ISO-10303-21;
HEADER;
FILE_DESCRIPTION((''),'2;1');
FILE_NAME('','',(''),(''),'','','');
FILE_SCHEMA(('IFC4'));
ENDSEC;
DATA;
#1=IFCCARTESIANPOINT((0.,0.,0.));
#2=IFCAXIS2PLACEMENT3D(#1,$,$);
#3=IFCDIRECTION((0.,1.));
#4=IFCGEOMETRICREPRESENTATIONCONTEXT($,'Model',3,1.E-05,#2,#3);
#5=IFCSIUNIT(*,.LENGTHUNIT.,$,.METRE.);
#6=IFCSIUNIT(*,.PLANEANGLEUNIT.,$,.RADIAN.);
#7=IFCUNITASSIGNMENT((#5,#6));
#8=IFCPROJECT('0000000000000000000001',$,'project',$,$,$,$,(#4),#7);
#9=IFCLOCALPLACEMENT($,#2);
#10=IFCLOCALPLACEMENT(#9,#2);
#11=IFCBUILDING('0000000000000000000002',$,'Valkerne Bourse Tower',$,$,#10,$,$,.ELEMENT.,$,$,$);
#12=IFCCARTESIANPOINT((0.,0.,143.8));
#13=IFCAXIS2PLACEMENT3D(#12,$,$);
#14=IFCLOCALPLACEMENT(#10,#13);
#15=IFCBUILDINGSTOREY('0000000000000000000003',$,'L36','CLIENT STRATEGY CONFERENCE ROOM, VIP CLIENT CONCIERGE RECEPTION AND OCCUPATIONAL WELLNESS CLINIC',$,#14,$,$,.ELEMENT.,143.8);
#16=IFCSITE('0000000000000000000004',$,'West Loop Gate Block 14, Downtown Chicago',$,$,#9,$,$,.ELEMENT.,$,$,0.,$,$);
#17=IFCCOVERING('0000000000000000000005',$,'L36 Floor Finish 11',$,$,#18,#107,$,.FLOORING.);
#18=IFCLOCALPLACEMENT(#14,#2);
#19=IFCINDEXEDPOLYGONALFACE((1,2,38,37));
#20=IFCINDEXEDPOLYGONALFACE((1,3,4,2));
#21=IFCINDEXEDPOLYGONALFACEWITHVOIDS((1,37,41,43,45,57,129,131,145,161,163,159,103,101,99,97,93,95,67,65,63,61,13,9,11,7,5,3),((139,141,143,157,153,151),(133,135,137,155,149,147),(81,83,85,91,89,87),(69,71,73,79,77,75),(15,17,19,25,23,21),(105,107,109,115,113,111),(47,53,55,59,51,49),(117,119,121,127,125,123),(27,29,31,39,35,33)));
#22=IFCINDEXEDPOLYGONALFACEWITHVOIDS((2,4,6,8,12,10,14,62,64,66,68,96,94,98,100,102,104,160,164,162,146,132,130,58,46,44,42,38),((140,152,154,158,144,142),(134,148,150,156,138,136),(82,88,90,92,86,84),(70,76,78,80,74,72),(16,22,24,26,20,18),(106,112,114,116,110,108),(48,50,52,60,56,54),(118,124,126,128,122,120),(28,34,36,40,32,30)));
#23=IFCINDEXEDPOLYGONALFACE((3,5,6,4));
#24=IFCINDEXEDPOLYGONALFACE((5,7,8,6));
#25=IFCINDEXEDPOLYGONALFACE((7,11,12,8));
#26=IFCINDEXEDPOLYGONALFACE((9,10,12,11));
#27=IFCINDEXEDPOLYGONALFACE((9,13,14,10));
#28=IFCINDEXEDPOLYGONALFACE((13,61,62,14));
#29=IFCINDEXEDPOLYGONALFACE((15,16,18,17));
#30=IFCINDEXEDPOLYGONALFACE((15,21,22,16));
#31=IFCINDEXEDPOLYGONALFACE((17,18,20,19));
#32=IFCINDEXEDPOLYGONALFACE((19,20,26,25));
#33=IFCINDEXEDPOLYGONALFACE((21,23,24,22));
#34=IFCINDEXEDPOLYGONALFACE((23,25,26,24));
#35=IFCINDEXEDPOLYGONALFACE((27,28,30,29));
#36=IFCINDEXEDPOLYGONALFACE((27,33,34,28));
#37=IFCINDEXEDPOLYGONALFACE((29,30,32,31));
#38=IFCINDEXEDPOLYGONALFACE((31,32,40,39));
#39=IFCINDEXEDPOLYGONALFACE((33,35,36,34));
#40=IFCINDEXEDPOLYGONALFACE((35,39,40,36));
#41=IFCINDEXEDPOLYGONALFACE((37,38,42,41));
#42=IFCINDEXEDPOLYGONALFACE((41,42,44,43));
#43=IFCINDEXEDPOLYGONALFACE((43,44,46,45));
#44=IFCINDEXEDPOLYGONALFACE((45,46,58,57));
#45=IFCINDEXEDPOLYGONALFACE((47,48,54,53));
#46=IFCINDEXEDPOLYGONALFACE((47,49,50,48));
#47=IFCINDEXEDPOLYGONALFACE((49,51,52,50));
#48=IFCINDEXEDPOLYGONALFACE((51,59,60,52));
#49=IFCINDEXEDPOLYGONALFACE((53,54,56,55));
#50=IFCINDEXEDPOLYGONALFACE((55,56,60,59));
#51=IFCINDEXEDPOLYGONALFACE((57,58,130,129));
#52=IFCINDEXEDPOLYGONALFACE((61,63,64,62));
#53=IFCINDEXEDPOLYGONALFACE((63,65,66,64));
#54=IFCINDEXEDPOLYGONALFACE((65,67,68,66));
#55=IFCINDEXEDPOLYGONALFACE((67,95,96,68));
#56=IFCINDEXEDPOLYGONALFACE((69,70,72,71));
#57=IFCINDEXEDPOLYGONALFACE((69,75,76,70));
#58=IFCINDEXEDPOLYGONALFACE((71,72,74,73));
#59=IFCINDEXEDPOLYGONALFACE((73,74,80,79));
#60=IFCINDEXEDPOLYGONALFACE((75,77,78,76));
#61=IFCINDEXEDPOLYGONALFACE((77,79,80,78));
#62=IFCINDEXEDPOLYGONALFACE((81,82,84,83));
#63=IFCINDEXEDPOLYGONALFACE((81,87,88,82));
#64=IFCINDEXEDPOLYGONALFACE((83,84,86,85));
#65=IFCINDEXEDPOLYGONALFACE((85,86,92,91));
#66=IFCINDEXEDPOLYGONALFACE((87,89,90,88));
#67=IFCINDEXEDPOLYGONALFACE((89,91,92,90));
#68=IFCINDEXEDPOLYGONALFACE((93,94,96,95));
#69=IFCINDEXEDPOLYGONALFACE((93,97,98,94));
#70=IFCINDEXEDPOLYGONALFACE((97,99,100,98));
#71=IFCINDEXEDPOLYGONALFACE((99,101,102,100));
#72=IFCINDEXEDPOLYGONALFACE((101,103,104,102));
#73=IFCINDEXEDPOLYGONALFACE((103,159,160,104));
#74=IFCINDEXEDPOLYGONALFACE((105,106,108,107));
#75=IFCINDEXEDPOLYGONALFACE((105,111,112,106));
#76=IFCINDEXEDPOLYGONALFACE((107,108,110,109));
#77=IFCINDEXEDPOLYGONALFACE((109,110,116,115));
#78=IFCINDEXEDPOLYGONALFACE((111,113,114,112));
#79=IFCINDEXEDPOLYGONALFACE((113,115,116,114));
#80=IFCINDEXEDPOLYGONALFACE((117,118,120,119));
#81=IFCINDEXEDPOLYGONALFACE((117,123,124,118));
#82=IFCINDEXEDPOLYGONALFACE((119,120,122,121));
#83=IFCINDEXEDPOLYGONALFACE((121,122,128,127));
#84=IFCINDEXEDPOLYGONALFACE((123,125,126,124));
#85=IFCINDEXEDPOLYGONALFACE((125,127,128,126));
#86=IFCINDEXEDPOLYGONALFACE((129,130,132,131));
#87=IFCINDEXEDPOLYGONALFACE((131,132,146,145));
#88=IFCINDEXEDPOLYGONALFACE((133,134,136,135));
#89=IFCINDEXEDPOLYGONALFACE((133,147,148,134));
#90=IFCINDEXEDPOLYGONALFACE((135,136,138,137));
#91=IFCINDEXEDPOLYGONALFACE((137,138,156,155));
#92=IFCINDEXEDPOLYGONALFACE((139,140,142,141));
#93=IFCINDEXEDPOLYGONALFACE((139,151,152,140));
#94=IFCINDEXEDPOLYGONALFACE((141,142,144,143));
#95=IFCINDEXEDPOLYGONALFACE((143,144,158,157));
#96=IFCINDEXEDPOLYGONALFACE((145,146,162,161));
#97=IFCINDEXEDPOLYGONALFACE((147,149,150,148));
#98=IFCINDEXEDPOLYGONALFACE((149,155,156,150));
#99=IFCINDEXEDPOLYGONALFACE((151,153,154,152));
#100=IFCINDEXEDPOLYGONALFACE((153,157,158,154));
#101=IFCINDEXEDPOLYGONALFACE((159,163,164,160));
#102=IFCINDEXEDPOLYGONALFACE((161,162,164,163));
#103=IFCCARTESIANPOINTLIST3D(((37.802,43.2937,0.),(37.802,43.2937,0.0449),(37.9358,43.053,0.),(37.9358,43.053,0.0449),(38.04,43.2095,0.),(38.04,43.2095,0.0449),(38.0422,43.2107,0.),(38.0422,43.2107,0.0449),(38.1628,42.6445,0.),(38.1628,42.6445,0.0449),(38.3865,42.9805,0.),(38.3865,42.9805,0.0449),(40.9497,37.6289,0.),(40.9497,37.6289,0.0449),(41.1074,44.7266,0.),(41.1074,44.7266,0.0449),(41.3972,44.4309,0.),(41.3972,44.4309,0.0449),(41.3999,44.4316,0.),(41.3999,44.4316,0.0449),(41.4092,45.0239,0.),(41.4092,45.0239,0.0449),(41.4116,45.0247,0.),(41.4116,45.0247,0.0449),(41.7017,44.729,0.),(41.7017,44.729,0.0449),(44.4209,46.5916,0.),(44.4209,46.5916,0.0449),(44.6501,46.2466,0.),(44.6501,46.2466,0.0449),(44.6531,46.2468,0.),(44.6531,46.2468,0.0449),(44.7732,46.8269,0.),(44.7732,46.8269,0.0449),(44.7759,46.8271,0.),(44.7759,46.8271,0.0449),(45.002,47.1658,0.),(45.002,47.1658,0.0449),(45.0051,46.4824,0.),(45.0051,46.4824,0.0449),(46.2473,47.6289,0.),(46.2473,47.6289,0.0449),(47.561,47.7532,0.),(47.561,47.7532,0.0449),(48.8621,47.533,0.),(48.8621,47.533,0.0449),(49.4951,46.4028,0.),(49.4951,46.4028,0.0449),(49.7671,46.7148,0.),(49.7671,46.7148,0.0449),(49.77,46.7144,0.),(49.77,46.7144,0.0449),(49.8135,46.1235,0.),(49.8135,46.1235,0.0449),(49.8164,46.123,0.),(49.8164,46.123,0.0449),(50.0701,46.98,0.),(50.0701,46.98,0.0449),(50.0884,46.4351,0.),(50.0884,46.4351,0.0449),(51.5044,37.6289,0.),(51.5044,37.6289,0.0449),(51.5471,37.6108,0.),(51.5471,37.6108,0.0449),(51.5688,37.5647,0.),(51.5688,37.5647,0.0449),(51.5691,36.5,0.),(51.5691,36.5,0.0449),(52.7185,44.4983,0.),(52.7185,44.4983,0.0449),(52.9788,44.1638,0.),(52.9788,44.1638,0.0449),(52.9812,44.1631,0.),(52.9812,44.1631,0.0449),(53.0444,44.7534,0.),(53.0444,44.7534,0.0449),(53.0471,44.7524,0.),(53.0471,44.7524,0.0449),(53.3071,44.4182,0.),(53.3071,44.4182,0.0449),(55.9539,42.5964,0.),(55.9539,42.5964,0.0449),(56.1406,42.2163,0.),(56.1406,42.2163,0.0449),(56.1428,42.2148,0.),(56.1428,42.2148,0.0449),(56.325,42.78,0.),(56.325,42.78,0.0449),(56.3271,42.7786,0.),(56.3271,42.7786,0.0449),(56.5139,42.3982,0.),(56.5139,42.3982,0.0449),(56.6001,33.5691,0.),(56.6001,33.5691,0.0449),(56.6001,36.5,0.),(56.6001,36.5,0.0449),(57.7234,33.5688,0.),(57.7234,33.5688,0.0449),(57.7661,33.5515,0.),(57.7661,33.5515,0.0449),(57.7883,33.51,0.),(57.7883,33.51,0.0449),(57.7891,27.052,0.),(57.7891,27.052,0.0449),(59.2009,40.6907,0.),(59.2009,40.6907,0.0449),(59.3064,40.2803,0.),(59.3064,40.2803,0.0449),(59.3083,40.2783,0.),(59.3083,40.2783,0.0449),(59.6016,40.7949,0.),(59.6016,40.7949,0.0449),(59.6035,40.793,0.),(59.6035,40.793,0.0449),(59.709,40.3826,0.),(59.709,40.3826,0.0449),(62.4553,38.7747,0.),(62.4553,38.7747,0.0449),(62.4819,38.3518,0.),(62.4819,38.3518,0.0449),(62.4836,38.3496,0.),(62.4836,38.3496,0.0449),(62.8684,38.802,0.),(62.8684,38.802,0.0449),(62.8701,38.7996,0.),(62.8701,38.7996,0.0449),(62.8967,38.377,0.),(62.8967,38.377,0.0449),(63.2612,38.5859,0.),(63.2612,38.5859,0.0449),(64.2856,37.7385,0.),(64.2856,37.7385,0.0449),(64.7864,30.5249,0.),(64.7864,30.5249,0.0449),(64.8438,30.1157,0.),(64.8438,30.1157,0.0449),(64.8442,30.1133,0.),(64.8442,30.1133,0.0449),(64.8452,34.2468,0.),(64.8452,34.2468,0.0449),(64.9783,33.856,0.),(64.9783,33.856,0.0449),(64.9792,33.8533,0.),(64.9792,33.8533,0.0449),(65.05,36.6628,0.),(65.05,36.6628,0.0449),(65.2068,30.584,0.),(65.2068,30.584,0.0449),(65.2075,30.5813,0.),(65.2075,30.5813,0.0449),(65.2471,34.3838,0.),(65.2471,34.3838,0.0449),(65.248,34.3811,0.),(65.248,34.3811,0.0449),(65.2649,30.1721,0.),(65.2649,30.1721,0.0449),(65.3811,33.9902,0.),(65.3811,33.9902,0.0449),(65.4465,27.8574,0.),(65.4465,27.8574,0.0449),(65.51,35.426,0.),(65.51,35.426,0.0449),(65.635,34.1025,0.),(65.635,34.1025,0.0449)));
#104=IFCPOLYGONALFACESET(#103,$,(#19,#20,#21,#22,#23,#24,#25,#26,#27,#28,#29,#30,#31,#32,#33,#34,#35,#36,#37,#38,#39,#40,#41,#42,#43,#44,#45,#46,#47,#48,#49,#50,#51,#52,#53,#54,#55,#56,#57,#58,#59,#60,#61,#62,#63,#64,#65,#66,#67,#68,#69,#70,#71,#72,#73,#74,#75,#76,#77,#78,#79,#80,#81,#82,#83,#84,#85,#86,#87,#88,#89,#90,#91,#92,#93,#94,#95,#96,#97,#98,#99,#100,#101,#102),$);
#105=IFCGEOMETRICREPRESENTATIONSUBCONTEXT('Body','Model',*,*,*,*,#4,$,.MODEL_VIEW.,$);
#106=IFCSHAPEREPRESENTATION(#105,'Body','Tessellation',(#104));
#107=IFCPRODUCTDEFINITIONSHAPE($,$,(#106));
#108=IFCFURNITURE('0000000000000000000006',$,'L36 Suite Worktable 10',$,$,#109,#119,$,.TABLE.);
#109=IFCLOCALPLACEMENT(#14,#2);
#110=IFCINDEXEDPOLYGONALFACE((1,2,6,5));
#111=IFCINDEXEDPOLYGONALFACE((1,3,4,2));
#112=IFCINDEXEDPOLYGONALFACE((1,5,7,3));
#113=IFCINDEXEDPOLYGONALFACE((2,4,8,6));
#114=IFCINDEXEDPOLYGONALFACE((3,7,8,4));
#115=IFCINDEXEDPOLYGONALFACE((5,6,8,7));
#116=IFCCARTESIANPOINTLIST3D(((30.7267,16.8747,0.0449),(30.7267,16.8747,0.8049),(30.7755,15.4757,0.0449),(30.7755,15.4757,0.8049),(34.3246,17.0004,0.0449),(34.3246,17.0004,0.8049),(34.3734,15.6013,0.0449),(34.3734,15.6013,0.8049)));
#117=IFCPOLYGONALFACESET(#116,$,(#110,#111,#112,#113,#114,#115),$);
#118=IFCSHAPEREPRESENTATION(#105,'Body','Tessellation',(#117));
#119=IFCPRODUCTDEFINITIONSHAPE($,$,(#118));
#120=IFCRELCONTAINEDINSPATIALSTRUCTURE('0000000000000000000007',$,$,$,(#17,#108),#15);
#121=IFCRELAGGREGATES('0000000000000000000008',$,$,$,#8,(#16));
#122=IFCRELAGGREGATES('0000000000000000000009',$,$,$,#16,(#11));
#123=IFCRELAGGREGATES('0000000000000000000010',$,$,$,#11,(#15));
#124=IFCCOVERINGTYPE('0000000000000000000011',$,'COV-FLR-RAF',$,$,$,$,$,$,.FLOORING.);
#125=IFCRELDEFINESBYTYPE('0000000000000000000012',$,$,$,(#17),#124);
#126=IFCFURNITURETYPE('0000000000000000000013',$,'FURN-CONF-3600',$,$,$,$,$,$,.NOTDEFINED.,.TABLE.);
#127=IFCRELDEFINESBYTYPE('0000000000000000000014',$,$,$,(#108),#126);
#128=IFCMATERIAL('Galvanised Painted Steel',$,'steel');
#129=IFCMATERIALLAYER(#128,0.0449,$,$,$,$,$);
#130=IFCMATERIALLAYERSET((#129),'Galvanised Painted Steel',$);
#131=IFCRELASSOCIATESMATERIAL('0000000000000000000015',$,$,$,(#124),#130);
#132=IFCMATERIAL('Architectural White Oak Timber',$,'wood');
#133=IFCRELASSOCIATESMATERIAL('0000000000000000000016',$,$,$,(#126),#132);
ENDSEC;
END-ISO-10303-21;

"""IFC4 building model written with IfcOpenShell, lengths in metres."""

from ifc_helpers import new_model, si_unit, direction, frame, origin, origin_2d, place, context, subcontext, project, spatial, polyline, rectangle, outline, extrude, material, layer, layer_set, type_object, element, save


model = new_model("IFC4")

# Units and contexts
model_context = context("Model", 3, precision=1e-05, world=origin(), true_north=direction((0.0, 1.0)))
body_context = subcontext(model_context, "Body", "Model", "MODEL_VIEW")
ifc_project = project(units=[si_unit("LENGTHUNIT", "METRE"), si_unit("PLANEANGLEUNIT", "RADIAN")], contexts=[model_context])

# Site, building, storey
site_placement = place(None, origin())
site = spatial("IfcSite", under=ifc_project, at=site_placement, Name="West Loop Gate Block 14, Downtown Chicago", CompositionType="ELEMENT", RefElevation=0.0)
building_placement = place(site_placement, origin())
building = spatial("IfcBuilding", under=site, at=building_placement, Name="Valkerne Bourse Tower", CompositionType="ELEMENT")
storey_placement = place(building_placement, frame((0.0, 0.0, 143.8)))
storey = spatial("IfcBuildingStorey", under=building, at=storey_placement, Name="L36", Description="CLIENT STRATEGY CONFERENCE ROOM, VIP CLIENT CONCIERGE RECEPTION AND OCCUPATIONAL WELLNESS CLINIC", CompositionType="ELEMENT", Elevation=143.8)

# Covering
ifc_material_1 = material(Name="Galvanised Painted Steel", Category="steel")
ifc_layer_1 = layer(ifc_material_1, 0.0449)
ifc_layer_set_1 = layer_set([ifc_layer_1], Name="Galvanised Painted Steel")
covering_type_1 = type_object("IfcCoveringType", Name="COV-FLR-RAF", PredefinedType="FLOORING", material=ifc_layer_set_1)
covering_1_placement = place(storey_placement, origin())
element("IfcCovering", 1, at=covering_1_placement, inside=storey, type_object=covering_type_1, Name="L36 Floor Finish 11", PredefinedType="FLOORING", context=body_context, shape_type="SweptSolid", body=[
    extrude(outline(polyline([(47.561, 47.7532), (48.8621, 47.533), (50.0701, 46.98), (63.2612, 38.5859), (64.2856, 37.7385), (65.05, 36.6628), (65.51, 35.426), (65.635, 34.1025), (65.4465, 27.8574), (57.7891, 27.052), (57.7883, 33.51), (57.7661, 33.5515), (57.7234, 33.5688), (56.6001, 33.5691), (56.6001, 36.5), (51.5691, 36.5), (51.5688, 37.5647), (51.5471, 37.6108), (51.5044, 37.6289), (40.9497, 37.6289), (38.1628, 42.6445), (38.3865, 42.9805), (38.0422, 43.2107), (38.04, 43.2095), (37.9358, 43.053), (37.802, 43.2937), (45.002, 47.1658), (46.2473, 47.6289), (47.561, 47.7532)]), holes=[polyline([(53.3071, 44.4182), (53.0471, 44.7524), (53.0444, 44.7534), (52.7185, 44.4983), (52.9788, 44.1638), (52.9812, 44.1631), (53.3071, 44.4182)]), polyline([(41.7017, 44.729), (41.4116, 45.0247), (41.4092, 45.0239), (41.1074, 44.7266), (41.3972, 44.4309), (41.3999, 44.4316), (41.7017, 44.729)]), polyline([(49.77, 46.7144), (49.7671, 46.7148), (49.4951, 46.4028), (49.8135, 46.1235), (49.8164, 46.123), (50.0884, 46.4351), (49.77, 46.7144)]), polyline([(45.0051, 46.4824), (44.7759, 46.8271), (44.7732, 46.8269), (44.4209, 46.5916), (44.6501, 46.2466), (44.6531, 46.2468), (45.0051, 46.4824)]), polyline([(65.2649, 30.1721), (65.2075, 30.5813), (65.2068, 30.584), (64.7864, 30.5249), (64.8438, 30.1157), (64.8442, 30.1133), (65.2649, 30.1721)]), polyline([(65.3811, 33.9902), (65.248, 34.3811), (65.2471, 34.3838), (64.8452, 34.2468), (64.9783, 33.856), (64.9792, 33.8533), (65.3811, 33.9902)]), polyline([(62.8967, 38.377), (62.8701, 38.7996), (62.8684, 38.802), (62.4553, 38.7747), (62.4819, 38.3518), (62.4836, 38.3496), (62.8967, 38.377)]), polyline([(59.6035, 40.793), (59.6016, 40.7949), (59.2009, 40.6907), (59.3064, 40.2803), (59.3083, 40.2783), (59.709, 40.3826), (59.6035, 40.793)]), polyline([(56.5139, 42.3982), (56.3271, 42.7786), (56.325, 42.78), (55.9539, 42.5964), (56.1406, 42.2163), (56.1428, 42.2148), (56.5139, 42.3982)])]), origin(), (0.0, 0.0, 1.0), 0.0449),
])

# Furniture
ifc_material_2 = material(Name="Architectural White Oak Timber", Category="wood")
furniture_type = type_object("IfcFurnitureType", Name="FURN-CONF-3600", AssemblyPlace="NOTDEFINED", PredefinedType="TABLE", material=ifc_material_2)
furniture_placement = place(storey_placement, frame((32.55, 16.238, 0.0449), z_axis=(0.0, 0.0, 1.0), x_axis=(0.999391, 0.034899, 0.0)))
element("IfcFurniture", 2, at=furniture_placement, inside=storey, type_object=furniture_type, Name="L36 Suite Worktable 10", PredefinedType="TABLE", context=body_context, shape_type="SweptSolid", body=[
    extrude(rectangle(XDim=3.6001, YDim=1.3999, at=origin_2d()), origin(), (0.0, 0.0, 1.0), 0.76),
])

save(model, "model.ifc")
